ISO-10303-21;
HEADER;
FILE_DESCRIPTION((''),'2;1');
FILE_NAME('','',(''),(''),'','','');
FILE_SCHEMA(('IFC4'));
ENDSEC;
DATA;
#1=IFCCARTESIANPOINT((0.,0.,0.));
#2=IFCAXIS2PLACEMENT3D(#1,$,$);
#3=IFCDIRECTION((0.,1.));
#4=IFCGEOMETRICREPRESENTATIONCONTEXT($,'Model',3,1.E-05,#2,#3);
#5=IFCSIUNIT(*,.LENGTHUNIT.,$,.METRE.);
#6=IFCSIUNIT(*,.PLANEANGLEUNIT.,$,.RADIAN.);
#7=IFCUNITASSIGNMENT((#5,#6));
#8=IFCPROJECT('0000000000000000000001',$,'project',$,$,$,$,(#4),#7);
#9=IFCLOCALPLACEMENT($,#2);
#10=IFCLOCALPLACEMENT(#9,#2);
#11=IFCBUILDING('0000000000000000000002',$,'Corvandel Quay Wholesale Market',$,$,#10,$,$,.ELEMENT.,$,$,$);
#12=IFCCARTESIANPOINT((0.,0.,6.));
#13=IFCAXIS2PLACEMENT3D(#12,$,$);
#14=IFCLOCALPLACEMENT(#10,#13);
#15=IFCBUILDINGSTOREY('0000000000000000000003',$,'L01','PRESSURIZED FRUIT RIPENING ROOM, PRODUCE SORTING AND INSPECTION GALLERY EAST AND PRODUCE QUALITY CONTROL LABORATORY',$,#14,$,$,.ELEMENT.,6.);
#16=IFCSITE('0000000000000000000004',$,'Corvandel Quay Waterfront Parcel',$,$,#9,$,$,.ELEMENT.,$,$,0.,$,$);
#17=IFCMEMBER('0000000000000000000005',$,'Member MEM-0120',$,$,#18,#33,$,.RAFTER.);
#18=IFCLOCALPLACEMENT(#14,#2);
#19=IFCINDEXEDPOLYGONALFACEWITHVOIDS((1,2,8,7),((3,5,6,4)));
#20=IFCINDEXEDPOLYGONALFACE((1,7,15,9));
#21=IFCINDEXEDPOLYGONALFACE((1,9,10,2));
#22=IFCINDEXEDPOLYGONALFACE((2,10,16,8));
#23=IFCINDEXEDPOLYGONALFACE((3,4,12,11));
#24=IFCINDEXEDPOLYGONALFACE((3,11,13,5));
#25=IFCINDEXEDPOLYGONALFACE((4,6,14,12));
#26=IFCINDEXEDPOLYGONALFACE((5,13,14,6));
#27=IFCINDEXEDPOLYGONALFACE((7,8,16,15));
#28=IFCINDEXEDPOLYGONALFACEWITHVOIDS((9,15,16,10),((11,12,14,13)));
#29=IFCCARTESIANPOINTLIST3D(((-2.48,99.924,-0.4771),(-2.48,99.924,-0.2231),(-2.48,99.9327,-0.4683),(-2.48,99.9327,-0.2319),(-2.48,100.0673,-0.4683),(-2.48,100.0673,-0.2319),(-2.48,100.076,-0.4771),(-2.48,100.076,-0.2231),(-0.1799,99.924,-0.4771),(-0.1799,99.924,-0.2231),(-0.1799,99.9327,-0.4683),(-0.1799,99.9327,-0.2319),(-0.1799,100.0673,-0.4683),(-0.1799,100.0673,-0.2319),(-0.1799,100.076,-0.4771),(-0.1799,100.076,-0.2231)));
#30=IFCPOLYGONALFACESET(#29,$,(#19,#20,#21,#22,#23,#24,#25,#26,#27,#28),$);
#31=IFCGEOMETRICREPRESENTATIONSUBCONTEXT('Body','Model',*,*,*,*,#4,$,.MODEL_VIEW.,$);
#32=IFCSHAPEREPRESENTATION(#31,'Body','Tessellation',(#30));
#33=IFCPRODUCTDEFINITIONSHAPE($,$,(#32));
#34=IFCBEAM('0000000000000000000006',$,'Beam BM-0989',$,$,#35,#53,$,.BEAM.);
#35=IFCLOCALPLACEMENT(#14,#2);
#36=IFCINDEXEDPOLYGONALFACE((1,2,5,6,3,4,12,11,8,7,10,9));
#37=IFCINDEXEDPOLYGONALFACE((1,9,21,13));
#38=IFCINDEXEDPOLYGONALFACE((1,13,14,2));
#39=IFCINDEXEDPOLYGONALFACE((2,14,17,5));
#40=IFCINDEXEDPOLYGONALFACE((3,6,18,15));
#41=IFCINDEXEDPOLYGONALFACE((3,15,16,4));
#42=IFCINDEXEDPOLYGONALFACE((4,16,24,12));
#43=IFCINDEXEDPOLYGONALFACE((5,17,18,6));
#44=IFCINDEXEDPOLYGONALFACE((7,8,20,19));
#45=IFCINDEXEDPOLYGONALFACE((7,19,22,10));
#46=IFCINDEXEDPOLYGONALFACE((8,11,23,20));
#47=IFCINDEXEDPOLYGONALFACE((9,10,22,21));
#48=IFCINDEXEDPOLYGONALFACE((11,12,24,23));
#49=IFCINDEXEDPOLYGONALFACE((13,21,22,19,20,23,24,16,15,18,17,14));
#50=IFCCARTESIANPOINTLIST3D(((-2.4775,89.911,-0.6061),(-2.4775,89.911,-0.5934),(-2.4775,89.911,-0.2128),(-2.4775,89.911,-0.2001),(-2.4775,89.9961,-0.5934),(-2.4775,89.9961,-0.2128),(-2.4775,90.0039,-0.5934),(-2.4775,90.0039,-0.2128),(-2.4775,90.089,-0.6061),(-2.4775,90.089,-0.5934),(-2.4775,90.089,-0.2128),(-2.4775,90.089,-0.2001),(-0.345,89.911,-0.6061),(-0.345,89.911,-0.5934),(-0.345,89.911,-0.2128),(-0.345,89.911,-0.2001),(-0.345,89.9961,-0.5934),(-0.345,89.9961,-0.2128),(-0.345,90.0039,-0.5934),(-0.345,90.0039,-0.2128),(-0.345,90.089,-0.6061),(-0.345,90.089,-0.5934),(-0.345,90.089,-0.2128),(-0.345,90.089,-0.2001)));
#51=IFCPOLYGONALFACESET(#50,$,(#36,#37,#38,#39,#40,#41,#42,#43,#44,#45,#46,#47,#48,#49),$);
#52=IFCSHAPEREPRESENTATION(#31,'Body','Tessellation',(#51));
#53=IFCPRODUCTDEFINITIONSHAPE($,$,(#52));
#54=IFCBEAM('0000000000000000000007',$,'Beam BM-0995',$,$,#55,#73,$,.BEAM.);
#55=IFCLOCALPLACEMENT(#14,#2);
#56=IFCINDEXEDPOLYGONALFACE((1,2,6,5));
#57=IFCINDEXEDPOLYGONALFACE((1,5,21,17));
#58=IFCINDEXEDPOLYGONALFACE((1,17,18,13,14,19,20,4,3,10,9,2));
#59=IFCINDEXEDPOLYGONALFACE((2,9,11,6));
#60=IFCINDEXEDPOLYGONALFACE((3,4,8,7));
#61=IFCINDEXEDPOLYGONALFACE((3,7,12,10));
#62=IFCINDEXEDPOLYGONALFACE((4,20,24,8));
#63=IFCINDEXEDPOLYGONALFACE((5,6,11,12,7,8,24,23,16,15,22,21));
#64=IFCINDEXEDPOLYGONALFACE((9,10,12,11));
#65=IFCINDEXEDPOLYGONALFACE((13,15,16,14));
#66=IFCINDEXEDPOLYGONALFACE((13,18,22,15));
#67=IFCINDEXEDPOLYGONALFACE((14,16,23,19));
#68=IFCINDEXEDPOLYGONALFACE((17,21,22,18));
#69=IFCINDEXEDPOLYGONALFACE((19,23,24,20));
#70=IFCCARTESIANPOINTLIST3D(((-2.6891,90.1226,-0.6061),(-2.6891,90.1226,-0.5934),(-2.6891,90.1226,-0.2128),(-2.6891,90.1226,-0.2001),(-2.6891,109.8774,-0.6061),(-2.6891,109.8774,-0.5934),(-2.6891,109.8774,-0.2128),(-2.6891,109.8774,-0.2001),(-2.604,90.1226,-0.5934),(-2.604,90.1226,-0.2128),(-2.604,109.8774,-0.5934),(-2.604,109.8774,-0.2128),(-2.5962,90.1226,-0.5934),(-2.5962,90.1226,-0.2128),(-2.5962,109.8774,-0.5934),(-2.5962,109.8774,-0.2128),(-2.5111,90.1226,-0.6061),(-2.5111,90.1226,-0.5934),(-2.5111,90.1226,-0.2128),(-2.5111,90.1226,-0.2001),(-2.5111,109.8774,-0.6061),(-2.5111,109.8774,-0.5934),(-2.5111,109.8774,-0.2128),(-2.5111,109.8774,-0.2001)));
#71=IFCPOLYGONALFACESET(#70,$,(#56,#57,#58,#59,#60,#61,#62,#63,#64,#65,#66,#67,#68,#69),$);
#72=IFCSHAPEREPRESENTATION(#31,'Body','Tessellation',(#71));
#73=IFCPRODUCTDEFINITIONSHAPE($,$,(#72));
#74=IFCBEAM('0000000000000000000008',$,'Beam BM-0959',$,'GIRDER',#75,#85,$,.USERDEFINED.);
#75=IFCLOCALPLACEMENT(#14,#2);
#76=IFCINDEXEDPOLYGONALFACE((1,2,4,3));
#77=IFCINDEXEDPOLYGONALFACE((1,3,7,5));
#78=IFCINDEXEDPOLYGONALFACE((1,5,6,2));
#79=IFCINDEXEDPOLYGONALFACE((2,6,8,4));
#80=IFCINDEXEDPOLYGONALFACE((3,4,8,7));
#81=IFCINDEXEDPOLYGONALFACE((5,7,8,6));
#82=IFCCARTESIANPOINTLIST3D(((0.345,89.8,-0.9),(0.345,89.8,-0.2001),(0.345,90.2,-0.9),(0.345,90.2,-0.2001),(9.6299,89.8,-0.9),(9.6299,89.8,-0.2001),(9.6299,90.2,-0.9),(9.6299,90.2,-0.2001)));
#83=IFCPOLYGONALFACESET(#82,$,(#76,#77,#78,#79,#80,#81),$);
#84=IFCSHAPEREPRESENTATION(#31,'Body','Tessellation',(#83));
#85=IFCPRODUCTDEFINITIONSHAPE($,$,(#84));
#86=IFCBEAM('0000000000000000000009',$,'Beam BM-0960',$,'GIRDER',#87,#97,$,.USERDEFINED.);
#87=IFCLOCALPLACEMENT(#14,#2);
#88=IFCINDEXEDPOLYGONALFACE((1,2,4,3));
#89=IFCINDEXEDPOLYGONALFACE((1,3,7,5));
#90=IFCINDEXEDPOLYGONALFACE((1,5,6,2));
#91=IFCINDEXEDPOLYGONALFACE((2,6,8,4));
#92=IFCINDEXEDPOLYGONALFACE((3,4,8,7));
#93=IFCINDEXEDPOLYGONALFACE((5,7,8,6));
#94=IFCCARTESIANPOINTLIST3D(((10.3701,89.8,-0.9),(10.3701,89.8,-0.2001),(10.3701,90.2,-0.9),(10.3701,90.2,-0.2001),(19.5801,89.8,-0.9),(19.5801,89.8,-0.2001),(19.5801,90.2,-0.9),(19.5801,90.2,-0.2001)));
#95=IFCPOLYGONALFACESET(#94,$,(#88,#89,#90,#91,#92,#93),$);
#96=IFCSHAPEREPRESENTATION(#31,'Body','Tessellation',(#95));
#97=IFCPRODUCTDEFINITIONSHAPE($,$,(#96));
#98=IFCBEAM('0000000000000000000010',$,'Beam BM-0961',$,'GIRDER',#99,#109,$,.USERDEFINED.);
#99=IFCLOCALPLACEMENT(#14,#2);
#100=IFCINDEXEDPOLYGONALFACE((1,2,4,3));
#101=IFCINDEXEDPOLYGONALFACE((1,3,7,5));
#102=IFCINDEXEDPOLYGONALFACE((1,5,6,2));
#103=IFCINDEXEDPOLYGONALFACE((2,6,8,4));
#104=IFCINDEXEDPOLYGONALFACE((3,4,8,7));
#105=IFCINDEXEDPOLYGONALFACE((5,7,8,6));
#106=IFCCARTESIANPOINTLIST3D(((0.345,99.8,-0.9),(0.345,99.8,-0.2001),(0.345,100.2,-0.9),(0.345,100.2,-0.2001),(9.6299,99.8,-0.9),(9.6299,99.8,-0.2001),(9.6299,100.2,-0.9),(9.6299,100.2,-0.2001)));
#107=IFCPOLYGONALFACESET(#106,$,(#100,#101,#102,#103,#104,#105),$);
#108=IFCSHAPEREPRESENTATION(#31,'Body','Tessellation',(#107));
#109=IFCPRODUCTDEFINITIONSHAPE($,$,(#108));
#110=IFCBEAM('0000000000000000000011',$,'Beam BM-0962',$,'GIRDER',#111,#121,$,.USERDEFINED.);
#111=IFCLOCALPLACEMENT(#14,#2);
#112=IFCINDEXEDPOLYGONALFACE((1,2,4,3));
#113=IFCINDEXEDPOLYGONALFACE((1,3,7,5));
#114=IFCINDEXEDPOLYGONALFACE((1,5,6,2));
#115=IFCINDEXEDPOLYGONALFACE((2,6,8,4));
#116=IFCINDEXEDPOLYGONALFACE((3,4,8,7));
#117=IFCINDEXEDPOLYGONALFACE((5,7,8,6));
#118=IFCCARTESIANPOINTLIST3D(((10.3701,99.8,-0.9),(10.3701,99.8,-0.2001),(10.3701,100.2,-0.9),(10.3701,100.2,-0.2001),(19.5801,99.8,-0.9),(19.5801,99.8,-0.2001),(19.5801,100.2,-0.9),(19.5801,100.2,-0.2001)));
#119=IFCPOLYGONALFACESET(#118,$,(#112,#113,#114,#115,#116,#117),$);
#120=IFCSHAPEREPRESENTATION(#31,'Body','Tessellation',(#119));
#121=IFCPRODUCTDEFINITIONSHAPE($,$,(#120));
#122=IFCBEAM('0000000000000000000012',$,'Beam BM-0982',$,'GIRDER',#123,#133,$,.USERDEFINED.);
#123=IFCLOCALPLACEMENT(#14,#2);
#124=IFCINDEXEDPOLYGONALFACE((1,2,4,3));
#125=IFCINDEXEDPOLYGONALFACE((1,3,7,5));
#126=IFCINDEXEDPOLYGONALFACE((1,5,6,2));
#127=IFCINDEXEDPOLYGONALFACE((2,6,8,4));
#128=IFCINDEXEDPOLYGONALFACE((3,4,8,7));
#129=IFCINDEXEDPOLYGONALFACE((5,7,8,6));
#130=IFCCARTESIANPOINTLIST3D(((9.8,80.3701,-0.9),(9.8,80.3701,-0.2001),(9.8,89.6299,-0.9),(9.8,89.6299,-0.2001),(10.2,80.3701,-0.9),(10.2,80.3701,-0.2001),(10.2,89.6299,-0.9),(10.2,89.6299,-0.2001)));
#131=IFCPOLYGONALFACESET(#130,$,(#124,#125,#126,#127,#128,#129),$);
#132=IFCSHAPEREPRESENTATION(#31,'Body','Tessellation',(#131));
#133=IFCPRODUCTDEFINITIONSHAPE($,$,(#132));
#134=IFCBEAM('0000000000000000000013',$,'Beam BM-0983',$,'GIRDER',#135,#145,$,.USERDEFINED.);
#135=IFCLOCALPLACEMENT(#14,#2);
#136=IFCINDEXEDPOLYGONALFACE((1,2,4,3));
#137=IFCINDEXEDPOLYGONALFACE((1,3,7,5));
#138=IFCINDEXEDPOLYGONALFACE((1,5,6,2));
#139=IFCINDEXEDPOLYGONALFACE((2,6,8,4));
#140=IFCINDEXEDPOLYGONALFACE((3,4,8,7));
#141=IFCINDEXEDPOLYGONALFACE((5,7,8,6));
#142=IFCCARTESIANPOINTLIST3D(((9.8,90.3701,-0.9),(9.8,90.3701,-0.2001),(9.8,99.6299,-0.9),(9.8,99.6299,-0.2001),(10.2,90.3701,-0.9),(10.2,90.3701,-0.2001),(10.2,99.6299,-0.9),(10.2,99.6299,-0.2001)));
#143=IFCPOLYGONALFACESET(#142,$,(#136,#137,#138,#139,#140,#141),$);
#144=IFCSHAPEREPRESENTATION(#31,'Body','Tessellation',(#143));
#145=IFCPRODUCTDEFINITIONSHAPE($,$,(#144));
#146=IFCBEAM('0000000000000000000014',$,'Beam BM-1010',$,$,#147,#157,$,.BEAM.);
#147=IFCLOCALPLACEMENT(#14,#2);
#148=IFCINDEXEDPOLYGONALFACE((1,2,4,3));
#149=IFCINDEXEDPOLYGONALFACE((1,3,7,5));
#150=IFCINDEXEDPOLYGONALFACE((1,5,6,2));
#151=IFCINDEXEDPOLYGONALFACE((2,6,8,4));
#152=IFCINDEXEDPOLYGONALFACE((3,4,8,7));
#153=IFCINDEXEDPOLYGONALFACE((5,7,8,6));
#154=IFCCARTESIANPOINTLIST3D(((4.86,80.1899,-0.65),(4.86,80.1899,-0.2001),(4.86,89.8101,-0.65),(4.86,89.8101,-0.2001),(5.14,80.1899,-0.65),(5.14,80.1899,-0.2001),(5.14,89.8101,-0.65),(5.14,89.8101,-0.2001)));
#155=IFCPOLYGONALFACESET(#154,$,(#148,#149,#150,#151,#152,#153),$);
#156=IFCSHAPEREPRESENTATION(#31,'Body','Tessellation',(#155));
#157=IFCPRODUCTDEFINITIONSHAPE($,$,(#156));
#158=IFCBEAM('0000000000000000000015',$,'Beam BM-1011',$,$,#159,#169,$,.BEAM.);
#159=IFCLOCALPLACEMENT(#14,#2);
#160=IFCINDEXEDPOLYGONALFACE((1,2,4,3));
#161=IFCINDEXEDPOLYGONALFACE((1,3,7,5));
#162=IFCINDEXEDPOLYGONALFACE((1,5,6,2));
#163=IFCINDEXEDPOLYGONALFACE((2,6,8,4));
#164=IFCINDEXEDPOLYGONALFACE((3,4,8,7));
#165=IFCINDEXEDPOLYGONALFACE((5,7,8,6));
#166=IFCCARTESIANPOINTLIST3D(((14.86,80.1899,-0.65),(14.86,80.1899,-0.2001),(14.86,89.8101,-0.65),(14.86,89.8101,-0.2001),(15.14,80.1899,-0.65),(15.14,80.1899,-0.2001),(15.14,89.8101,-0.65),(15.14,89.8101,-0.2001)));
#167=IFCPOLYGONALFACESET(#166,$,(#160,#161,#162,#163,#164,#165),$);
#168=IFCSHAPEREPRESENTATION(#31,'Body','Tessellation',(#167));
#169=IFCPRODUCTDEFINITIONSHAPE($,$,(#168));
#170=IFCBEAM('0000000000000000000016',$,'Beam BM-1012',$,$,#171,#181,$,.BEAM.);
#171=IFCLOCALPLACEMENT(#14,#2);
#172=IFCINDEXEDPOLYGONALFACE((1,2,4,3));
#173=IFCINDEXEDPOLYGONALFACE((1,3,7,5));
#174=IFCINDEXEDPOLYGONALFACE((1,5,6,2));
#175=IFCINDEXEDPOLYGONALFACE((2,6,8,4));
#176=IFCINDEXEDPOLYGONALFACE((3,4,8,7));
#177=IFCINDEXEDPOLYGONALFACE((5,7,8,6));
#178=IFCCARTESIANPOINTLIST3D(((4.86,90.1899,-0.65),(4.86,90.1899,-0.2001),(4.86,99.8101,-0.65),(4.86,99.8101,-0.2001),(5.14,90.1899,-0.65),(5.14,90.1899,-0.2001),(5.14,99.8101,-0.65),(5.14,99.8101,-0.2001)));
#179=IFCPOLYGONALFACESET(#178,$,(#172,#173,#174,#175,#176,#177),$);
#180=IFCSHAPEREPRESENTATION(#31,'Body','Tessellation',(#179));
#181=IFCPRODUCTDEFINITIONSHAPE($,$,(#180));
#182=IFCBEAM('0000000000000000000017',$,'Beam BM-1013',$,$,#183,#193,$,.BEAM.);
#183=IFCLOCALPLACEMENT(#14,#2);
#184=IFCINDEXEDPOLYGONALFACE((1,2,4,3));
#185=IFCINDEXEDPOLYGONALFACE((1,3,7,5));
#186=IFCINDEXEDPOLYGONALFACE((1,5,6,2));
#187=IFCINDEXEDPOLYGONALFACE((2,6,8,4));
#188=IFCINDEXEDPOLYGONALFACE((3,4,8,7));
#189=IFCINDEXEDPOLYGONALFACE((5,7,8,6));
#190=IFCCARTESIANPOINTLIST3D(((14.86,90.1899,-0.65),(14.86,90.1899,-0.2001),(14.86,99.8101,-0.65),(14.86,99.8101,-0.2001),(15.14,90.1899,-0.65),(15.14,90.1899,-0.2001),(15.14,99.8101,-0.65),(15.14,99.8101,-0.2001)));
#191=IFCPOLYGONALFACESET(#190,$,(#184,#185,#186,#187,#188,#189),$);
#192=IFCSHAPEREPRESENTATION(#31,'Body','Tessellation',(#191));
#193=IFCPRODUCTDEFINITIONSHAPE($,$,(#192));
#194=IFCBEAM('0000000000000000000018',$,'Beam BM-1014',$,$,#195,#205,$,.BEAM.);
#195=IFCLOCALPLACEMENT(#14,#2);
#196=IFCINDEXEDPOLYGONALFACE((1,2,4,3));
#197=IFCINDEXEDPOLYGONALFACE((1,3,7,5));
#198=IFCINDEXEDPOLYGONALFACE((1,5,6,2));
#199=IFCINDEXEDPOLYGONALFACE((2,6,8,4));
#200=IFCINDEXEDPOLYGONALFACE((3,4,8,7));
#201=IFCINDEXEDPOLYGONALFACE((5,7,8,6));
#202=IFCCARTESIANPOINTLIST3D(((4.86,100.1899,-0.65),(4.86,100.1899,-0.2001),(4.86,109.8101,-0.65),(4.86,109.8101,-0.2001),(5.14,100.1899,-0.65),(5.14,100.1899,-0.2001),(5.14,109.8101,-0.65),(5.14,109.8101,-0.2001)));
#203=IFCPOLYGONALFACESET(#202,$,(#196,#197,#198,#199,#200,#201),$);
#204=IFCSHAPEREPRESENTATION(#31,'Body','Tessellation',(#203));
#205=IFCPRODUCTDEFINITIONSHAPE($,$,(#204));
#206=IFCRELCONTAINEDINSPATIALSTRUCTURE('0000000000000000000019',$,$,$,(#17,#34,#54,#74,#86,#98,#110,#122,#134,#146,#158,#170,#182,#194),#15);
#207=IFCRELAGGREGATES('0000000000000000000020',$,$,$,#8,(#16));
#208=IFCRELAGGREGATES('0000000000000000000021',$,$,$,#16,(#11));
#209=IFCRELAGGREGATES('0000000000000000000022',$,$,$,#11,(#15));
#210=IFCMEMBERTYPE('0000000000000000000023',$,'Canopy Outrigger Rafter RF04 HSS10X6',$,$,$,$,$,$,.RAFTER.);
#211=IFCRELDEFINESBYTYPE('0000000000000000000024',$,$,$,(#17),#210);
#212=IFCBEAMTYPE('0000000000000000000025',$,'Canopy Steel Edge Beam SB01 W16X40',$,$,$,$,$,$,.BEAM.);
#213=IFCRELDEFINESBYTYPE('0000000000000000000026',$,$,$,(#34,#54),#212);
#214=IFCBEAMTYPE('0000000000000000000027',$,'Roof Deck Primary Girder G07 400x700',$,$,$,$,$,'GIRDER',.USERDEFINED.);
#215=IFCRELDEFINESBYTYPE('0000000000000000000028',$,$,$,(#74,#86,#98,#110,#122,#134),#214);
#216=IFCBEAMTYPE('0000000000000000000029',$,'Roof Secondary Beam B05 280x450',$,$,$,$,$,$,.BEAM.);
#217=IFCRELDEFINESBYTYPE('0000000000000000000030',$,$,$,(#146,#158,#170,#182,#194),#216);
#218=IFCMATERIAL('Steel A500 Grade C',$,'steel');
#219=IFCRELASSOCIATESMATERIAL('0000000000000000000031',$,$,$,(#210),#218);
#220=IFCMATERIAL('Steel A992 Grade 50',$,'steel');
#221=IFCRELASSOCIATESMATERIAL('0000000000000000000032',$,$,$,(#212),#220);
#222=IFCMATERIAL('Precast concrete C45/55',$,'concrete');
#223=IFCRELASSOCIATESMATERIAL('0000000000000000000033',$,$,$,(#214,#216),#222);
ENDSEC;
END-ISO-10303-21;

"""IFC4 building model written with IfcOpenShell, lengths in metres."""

from ifc_helpers import new_model, si_unit, direction, frame, origin, origin_2d, place, context, subcontext, project, spatial, rectangle, hollow_rectangle, i_section, extrude, material, material_profile, profile_set, type_object, element, save


model = new_model("IFC4")

# Units and contexts
model_context = context("Model", 3, precision=1e-05, world=origin(), true_north=direction((0.0, 1.0)))
body_context = subcontext(model_context, "Body", "Model", "MODEL_VIEW")
ifc_project = project(units=[si_unit("LENGTHUNIT", "METRE"), si_unit("PLANEANGLEUNIT", "RADIAN")], contexts=[model_context])

# Site, building, storey
site_placement = place(None, origin())
site = spatial("IfcSite", under=ifc_project, at=site_placement, Name="Corvandel Quay Waterfront Parcel", CompositionType="ELEMENT", RefElevation=0.0)
building_placement = place(site_placement, origin())
building = spatial("IfcBuilding", under=site, at=building_placement, Name="Corvandel Quay Wholesale Market", CompositionType="ELEMENT")
storey_placement = place(building_placement, frame((0.0, 0.0, 6.0)))
storey = spatial("IfcBuildingStorey", under=building, at=storey_placement, Name="L01", Description="PRESSURIZED FRUIT RIPENING ROOM, PRODUCE SORTING AND INSPECTION GALLERY EAST AND PRODUCE QUALITY CONTROL LABORATORY", CompositionType="ELEMENT", Elevation=6.0)

# Member
ifc_material_1 = material(Name="Steel A500 Grade C", Category="steel")
ifc_material_profile_1 = material_profile(ifc_material_1, hollow_rectangle(XDim=0.1521, YDim=0.2539, WallThickness=0.0088, at=origin_2d()), Name="HSS10X6X3/8")
ifc_profile_set_1 = profile_set([ifc_material_profile_1], Name="Steel A500 Grade C")
member_type = type_object("IfcMemberType", Name="Canopy Outrigger Rafter RF04 HSS10X6", PredefinedType="RAFTER", material=ifc_profile_set_1)
member_placement = place(storey_placement, frame((-0.1799, 100.0, -0.3501), z_axis=(-1.0, 0.0, 0.0), x_axis=(0.0, -1.0, 0.0)))
element("IfcMember", 1, at=member_placement, inside=storey, type_object=member_type, Name="Member MEM-0120", PredefinedType="RAFTER", context=body_context, shape_type="SweptSolid", body=[
    extrude(hollow_rectangle(XDim=0.1521, YDim=0.2539, WallThickness=0.0088, at=origin_2d()), origin(), (0.0, 0.0, 1.0), 2.3),
])

# Beams
ifc_material_2 = material(Name="Steel A992 Grade 50", Category="steel")
ifc_material_profile_2 = material_profile(ifc_material_2, i_section(OverallWidth=0.178, OverallDepth=0.406, WebThickness=0.0078, FlangeThickness=0.0127, at=origin_2d()), Name="W16X40")
ifc_profile_set_2 = profile_set([ifc_material_profile_2], Name="Steel A992 Grade 50")
beam_type_1 = type_object("IfcBeamType", Name="Canopy Steel Edge Beam SB01 W16X40", PredefinedType="BEAM", material=ifc_profile_set_2)
beam_1_placement = place(storey_placement, frame((-2.4775, 90.0, -0.4031), z_axis=(1.0, 0.0, 0.0), x_axis=(0.0, 1.0, 0.0)))
element("IfcBeam", 2, at=beam_1_placement, inside=storey, type_object=beam_type_1, Name="Beam BM-0989", PredefinedType="BEAM", context=body_context, shape_type="SweptSolid", body=[
    extrude(i_section(OverallWidth=0.178, OverallDepth=0.406, WebThickness=0.0078, FlangeThickness=0.0127, at=origin_2d()), origin(), (0.0, 0.0, 1.0), 2.1326),
])
beam_2_placement = place(storey_placement, frame((-2.6001, 90.1226, -0.4031), z_axis=(0.0, 1.0, 0.0), x_axis=(-1.0, 0.0, 0.0)))
element("IfcBeam", 3, at=beam_2_placement, inside=storey, type_object=beam_type_1, Name="Beam BM-0995", PredefinedType="BEAM", context=body_context, shape_type="SweptSolid", body=[
    extrude(i_section(OverallWidth=0.178, OverallDepth=0.406, WebThickness=0.0078, FlangeThickness=0.0127, at=origin_2d()), origin(), (0.0, 0.0, 1.0), 19.7549),
])
ifc_material_3 = material(Name="Precast concrete C45/55", Category="concrete")
ifc_material_profile_3 = material_profile(ifc_material_3, rectangle(XDim=0.3999, YDim=0.7, at=origin_2d()), Name="PC-GIR-400x700")
ifc_profile_set_3 = profile_set([ifc_material_profile_3], Name="Precast concrete C45/55")
beam_type_2 = type_object("IfcBeamType", Name="Roof Deck Primary Girder G07 400x700", ElementType="GIRDER", PredefinedType="USERDEFINED", material=ifc_profile_set_3)
beam_3_placement = place(storey_placement, frame((0.345, 90.0, -0.55), z_axis=(1.0, 0.0, 0.0), x_axis=(0.0, 1.0, 0.0)))
element("IfcBeam", 4, at=beam_3_placement, inside=storey, type_object=beam_type_2, Name="Beam BM-0959", ObjectType="GIRDER", PredefinedType="USERDEFINED", context=body_context, shape_type="SweptSolid", body=[
    extrude(rectangle(XDim=0.3999, YDim=0.7, at=origin_2d()), origin(), (0.0, 0.0, 1.0), 9.2849),
])
beam_4_placement = place(storey_placement, frame((10.3701, 90.0, -0.55), z_axis=(1.0, 0.0, 0.0), x_axis=(0.0, 1.0, 0.0)))
element("IfcBeam", 5, at=beam_4_placement, inside=storey, type_object=beam_type_2, Name="Beam BM-0960", ObjectType="GIRDER", PredefinedType="USERDEFINED", context=body_context, shape_type="SweptSolid", body=[
    extrude(rectangle(XDim=0.3999, YDim=0.7, at=origin_2d()), origin(), (0.0, 0.0, 1.0), 9.21),
])
beam_5_placement = place(storey_placement, frame((0.345, 100.0, -0.55), z_axis=(1.0, 0.0, 0.0), x_axis=(0.0, 1.0, 0.0)))
element("IfcBeam", 6, at=beam_5_placement, inside=storey, type_object=beam_type_2, Name="Beam BM-0961", ObjectType="GIRDER", PredefinedType="USERDEFINED", context=body_context, shape_type="SweptSolid", body=[
    extrude(rectangle(XDim=0.3999, YDim=0.7, at=origin_2d()), origin(), (0.0, 0.0, 1.0), 9.2849),
])
beam_6_placement = place(storey_placement, frame((10.3701, 100.0, -0.55), z_axis=(1.0, 0.0, 0.0), x_axis=(0.0, 1.0, 0.0)))
element("IfcBeam", 7, at=beam_6_placement, inside=storey, type_object=beam_type_2, Name="Beam BM-0962", ObjectType="GIRDER", PredefinedType="USERDEFINED", context=body_context, shape_type="SweptSolid", body=[
    extrude(rectangle(XDim=0.3999, YDim=0.7, at=origin_2d()), origin(), (0.0, 0.0, 1.0), 9.21),
])
for number, where, z_axis, x_axis, name in (
    (8, (10.0, 80.3701, -0.55), (0.0, 1.0, 0.0), (-1.0, 0.0, 0.0), "Beam BM-0982"),
    (9, (10.0, 90.3701, -0.55), (0.0, 1.0, 0.0), (-1.0, 0.0, 0.0), "Beam BM-0983"),
):
    element("IfcBeam", number, at=place(storey_placement, frame(where, z_axis=z_axis, x_axis=x_axis)), inside=storey, type_object=beam_type_2, Name=name, ObjectType="GIRDER", PredefinedType="USERDEFINED", context=body_context, shape_type="SweptSolid", body=[
        extrude(rectangle(XDim=0.3999, YDim=0.7, at=origin_2d()), origin(), (0.0, 0.0, 1.0), 9.2598),
    ])
ifc_material_profile_4 = material_profile(ifc_material_3, rectangle(XDim=0.28, YDim=0.45, at=origin_2d()), Name="PC-BM-280x450")
ifc_profile_set_4 = profile_set([ifc_material_profile_4], Name="Precast concrete C45/55")
beam_type_3 = type_object("IfcBeamType", Name="Roof Secondary Beam B05 280x450", PredefinedType="BEAM", material=ifc_profile_set_4)
for number, where, z_axis, x_axis, name in (
    (10, (5.0, 80.1899, -0.425), (0.0, 1.0, 0.0), (-1.0, 0.0, 0.0), "Beam BM-1010"),
    (11, (15.0, 80.1899, -0.425), (0.0, 1.0, 0.0), (-1.0, 0.0, 0.0), "Beam BM-1011"),
    (12, (5.0, 90.1899, -0.425), (0.0, 1.0, 0.0), (-1.0, 0.0, 0.0), "Beam BM-1012"),
    (13, (15.0, 90.1899, -0.425), (0.0, 1.0, 0.0), (-1.0, 0.0, 0.0), "Beam BM-1013"),
    (14, (5.0, 100.1899, -0.425), (0.0, 1.0, 0.0), (-1.0, 0.0, 0.0), "Beam BM-1014"),
):
    element("IfcBeam", number, at=place(storey_placement, frame(where, z_axis=z_axis, x_axis=x_axis)), inside=storey, type_object=beam_type_3, Name=name, PredefinedType="BEAM", context=body_context, shape_type="SweptSolid", body=[
        extrude(rectangle(XDim=0.28, YDim=0.45, at=origin_2d()), origin(), (0.0, 0.0, 1.0), 9.6201),
    ])

save(model, "model.ifc")
